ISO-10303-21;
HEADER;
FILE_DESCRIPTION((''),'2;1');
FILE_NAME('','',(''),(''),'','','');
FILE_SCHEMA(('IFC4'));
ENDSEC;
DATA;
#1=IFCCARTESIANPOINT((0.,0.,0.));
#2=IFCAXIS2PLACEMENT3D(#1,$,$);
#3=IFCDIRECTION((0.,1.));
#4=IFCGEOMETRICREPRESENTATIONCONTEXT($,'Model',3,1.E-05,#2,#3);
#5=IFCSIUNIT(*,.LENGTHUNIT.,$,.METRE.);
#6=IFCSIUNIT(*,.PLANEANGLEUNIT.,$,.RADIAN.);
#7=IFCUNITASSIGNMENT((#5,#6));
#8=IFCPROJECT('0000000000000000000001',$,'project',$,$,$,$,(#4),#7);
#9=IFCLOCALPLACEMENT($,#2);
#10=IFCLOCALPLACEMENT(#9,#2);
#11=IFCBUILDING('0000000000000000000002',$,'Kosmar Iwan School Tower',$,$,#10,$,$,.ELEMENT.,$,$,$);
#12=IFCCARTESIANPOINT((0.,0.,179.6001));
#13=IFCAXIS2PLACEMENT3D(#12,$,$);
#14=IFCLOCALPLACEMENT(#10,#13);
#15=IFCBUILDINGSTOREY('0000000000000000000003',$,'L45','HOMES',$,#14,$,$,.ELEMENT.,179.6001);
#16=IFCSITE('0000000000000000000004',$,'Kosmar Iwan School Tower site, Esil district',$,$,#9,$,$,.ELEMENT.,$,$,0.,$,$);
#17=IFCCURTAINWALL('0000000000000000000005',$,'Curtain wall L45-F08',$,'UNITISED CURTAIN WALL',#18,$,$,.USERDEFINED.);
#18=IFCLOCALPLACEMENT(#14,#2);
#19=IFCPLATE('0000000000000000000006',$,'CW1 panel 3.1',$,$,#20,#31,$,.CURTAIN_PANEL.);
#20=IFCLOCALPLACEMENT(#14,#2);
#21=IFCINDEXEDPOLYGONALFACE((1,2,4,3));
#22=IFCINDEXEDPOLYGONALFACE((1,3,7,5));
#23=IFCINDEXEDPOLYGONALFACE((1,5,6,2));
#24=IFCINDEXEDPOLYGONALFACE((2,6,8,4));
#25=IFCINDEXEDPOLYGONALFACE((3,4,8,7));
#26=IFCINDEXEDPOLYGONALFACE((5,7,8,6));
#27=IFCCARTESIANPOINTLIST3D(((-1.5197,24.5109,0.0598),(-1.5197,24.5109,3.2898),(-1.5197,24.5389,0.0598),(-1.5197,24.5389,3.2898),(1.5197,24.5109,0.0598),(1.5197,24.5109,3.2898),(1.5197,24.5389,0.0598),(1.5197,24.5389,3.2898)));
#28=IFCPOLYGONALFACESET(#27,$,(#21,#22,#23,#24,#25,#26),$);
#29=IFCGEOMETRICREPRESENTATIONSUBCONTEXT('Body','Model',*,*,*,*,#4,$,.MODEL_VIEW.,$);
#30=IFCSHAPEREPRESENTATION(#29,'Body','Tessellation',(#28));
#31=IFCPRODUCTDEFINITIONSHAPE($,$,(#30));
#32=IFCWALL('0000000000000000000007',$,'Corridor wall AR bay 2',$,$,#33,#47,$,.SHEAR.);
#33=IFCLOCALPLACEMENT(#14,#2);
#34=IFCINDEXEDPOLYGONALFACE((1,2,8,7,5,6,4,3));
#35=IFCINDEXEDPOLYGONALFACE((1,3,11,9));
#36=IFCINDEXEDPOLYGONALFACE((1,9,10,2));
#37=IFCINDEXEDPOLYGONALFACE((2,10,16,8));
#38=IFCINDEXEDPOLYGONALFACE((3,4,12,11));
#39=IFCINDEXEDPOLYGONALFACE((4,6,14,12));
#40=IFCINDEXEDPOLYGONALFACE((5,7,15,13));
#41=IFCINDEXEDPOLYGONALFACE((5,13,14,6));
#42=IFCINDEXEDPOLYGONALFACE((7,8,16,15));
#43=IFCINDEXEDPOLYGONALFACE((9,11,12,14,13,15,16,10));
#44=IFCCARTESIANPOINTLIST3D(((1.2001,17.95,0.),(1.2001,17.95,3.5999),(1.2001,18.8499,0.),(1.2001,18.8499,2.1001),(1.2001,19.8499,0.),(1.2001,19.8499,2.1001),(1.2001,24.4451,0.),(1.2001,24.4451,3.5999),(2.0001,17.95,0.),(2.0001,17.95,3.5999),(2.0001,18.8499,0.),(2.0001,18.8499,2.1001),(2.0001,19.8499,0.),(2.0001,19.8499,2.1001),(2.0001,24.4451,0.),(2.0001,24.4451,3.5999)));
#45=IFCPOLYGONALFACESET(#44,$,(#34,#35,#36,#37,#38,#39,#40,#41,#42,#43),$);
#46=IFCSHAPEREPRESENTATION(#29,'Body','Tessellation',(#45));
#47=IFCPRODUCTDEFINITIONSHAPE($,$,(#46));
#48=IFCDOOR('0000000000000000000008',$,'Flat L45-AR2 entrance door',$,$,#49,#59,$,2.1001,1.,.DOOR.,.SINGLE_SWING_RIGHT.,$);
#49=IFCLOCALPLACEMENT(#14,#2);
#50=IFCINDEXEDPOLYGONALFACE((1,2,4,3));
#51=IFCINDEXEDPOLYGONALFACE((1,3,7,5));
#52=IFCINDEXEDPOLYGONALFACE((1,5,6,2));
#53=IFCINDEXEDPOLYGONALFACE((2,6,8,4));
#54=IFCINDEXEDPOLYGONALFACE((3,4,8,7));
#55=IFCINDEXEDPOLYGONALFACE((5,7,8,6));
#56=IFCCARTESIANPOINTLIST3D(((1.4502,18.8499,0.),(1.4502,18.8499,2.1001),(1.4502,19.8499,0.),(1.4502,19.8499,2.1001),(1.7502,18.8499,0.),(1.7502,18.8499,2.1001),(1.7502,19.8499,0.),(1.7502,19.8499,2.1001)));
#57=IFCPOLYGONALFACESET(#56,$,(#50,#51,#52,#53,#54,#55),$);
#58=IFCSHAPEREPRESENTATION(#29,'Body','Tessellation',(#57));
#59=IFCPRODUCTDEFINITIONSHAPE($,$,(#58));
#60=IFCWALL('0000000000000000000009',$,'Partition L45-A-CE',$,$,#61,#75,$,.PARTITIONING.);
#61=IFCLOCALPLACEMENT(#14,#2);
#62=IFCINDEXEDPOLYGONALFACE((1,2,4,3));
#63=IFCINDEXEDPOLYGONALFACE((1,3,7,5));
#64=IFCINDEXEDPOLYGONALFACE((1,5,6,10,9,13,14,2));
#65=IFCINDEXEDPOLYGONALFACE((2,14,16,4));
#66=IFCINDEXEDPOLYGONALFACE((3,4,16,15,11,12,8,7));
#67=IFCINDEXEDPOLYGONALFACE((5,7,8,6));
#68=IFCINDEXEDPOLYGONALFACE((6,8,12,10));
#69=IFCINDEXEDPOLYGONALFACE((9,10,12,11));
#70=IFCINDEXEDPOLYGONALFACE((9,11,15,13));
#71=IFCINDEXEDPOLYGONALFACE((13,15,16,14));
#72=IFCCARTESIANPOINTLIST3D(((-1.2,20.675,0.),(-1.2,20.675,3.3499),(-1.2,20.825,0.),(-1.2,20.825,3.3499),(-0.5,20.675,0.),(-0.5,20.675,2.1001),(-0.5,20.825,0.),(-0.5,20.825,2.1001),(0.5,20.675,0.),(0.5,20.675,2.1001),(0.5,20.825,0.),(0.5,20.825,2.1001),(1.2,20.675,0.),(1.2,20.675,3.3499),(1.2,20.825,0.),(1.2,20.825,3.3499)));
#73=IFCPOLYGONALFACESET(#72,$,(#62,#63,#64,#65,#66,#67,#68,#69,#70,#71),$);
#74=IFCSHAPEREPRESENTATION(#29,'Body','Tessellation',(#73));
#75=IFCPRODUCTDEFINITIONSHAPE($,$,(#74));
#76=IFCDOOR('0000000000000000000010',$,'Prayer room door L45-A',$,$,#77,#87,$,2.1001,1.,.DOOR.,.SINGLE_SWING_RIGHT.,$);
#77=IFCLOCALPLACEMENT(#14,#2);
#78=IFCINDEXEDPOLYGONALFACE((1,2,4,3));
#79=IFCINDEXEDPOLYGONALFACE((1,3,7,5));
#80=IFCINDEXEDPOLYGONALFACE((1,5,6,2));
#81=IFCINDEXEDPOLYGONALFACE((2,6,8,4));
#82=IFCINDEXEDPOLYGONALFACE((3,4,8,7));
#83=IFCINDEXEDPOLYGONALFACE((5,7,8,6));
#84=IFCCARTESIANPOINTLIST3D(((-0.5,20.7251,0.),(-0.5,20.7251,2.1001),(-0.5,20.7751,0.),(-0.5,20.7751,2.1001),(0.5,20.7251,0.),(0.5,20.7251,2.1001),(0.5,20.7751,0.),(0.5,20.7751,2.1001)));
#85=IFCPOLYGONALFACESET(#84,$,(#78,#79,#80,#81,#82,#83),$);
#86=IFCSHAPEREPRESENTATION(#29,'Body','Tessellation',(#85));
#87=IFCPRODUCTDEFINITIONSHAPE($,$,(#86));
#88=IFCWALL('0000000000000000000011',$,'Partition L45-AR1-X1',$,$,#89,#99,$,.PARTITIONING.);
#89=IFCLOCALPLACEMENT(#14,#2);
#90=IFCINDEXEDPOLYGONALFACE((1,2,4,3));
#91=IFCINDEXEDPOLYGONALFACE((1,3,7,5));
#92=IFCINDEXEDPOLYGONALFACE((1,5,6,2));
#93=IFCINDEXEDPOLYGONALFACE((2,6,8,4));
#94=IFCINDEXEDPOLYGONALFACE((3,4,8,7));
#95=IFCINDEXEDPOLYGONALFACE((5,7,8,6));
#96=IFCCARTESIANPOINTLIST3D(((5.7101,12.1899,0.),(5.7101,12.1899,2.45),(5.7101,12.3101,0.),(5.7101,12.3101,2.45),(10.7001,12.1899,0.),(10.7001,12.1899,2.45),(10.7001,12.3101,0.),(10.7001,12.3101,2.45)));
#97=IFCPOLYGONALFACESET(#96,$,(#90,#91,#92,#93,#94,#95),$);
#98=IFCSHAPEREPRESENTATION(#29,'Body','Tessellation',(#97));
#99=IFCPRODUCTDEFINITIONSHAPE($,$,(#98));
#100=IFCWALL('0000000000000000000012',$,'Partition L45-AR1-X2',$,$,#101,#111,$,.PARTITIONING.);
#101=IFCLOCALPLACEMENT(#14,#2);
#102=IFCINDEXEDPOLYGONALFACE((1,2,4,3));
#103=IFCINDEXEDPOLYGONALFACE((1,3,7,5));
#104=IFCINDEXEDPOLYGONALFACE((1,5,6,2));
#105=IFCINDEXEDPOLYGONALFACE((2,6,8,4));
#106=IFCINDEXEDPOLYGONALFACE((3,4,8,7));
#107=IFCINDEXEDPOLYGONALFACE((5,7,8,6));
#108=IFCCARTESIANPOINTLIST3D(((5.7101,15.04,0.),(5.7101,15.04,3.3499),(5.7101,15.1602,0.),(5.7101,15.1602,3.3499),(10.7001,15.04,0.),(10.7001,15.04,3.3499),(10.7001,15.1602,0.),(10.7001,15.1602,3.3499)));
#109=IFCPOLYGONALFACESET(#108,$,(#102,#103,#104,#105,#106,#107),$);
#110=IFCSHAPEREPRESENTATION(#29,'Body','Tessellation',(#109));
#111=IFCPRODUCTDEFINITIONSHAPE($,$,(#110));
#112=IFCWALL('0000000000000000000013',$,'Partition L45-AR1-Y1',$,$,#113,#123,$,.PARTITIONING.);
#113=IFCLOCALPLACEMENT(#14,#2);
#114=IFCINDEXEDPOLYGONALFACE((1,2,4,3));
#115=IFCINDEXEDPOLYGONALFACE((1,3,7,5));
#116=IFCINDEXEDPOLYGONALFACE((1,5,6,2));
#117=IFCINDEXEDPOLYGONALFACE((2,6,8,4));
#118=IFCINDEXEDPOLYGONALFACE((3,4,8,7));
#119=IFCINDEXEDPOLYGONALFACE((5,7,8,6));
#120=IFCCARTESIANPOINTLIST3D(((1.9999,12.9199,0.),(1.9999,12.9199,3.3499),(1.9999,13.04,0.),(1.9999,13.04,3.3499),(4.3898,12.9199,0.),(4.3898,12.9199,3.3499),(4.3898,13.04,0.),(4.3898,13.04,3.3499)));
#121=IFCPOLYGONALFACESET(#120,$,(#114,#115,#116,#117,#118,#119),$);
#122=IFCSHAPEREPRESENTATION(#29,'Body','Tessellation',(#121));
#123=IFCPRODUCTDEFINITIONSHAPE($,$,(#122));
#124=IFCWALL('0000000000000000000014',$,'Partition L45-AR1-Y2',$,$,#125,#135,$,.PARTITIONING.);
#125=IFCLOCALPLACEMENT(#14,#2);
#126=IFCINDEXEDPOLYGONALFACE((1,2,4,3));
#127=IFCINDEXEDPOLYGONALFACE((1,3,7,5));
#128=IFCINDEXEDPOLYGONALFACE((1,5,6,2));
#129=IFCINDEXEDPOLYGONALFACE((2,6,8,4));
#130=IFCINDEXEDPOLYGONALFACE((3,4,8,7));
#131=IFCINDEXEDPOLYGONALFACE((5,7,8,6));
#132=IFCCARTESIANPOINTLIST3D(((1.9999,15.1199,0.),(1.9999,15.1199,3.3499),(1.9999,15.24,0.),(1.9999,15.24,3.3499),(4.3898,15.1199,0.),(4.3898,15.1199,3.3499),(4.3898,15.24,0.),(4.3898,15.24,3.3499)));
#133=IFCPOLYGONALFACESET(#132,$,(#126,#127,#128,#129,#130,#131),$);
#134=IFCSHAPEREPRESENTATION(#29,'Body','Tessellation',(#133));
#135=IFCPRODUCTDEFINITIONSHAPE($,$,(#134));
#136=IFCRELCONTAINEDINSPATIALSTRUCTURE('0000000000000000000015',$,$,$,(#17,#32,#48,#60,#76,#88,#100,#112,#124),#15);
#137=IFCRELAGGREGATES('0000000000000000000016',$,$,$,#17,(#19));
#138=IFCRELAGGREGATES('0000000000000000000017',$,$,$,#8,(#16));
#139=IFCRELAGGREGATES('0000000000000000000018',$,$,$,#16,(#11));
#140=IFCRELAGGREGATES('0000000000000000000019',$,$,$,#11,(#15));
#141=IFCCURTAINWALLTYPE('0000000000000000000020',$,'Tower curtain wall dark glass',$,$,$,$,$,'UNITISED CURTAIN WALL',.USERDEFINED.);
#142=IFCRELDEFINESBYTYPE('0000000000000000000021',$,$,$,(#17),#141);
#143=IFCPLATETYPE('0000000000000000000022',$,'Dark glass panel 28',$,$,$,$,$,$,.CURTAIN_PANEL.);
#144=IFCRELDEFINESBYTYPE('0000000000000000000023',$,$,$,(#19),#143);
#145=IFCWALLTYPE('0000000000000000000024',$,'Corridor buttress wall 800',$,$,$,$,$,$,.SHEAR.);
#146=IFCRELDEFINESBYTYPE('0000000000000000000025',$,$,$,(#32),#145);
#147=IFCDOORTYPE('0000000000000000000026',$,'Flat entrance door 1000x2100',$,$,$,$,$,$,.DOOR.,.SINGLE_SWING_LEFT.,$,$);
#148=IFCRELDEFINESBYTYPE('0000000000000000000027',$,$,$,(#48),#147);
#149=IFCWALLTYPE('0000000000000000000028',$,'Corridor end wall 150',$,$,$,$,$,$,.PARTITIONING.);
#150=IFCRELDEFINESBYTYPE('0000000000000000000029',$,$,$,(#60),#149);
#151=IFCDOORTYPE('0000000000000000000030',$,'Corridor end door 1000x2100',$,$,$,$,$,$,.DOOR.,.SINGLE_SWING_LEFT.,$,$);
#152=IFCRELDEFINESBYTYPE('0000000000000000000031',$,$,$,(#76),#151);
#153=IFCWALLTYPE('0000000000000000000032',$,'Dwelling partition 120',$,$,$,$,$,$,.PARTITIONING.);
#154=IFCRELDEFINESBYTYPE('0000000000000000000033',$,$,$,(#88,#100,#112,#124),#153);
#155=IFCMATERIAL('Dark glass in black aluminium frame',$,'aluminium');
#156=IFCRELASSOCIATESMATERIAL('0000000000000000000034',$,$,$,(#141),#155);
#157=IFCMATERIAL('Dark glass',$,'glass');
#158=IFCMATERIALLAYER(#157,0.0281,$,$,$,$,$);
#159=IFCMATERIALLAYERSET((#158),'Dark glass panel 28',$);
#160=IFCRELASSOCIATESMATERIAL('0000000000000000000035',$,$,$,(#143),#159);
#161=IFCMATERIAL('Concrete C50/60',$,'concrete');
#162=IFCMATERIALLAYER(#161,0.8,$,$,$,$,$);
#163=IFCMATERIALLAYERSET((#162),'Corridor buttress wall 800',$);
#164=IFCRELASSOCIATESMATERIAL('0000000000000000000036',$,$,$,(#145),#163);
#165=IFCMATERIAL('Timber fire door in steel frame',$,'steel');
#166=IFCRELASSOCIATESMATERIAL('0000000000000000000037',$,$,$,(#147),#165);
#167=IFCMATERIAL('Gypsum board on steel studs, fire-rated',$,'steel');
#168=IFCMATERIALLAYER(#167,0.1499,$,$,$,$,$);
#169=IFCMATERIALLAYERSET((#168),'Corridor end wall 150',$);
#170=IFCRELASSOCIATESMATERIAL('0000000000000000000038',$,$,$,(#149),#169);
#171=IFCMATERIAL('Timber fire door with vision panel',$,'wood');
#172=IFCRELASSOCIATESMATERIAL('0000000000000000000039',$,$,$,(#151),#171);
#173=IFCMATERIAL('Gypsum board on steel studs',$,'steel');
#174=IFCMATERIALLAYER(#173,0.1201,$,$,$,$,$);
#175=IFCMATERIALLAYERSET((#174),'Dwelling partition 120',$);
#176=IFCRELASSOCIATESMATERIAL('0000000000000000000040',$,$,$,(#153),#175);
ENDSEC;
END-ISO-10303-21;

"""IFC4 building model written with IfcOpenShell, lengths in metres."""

from ifc_helpers import new_model, si_unit, direction, frame, frame_2d, origin, origin_2d, place, context, subcontext, project, spatial, rectangle, extrude, material, layer, layer_set, type_object, element, fill, aggregate, save


model = new_model("IFC4")

# Units and contexts
model_context = context("Model", 3, precision=1e-05, world=origin(), true_north=direction((0.0, 1.0)))
body_context = subcontext(model_context, "Body", "Model", "MODEL_VIEW")
ifc_project = project(units=[si_unit("LENGTHUNIT", "METRE"), si_unit("PLANEANGLEUNIT", "RADIAN")], contexts=[model_context])

# Site, building, storey
site_placement = place(None, origin())
site = spatial("IfcSite", under=ifc_project, at=site_placement, Name="Kosmar Iwan School Tower site, Esil district", CompositionType="ELEMENT", RefElevation=0.0)
building_placement = place(site_placement, origin())
building = spatial("IfcBuilding", under=site, at=building_placement, Name="Kosmar Iwan School Tower", CompositionType="ELEMENT")
storey_placement = place(building_placement, frame((0.0, 0.0, 179.6001)))
storey = spatial("IfcBuildingStorey", under=building, at=storey_placement, Name="L45", Description="HOMES", CompositionType="ELEMENT", Elevation=179.6001)

# Curtain wall
ifc_material_1 = material(Name="Dark glass in black aluminium frame", Category="aluminium")
curtain_wall_type = type_object("IfcCurtainWallType", Name="Tower curtain wall dark glass", ElementType="UNITISED CURTAIN WALL", PredefinedType="USERDEFINED", material=ifc_material_1)
curtain_wall_placement = place(storey_placement, origin())
curtain_wall = element("IfcCurtainWall", 1, at=curtain_wall_placement, inside=storey, type_object=curtain_wall_type, Name="Curtain wall L45-F08", ObjectType="UNITISED CURTAIN WALL", PredefinedType="USERDEFINED")

# Plate
ifc_material_2 = material(Name="Dark glass", Category="glass")
ifc_layer_1 = layer(ifc_material_2, 0.0281)
ifc_layer_set_1 = layer_set([ifc_layer_1], Name="Dark glass panel 28")
plate_type = type_object("IfcPlateType", Name="Dark glass panel 28", PredefinedType="CURTAIN_PANEL", material=ifc_layer_set_1)
plate_1_placement = place(storey_placement, frame((0.0, 24.5249, 0.0598), z_axis=(0.0, 0.0, 1.0), x_axis=(-1.0, 0.0, 0.0)))
plate_1 = element("IfcPlate", 2, at=plate_1_placement, type_object=plate_type, Name="CW1 panel 3.1", PredefinedType="CURTAIN_PANEL", context=body_context, shape_type="SweptSolid", body=[
    extrude(rectangle(XDim=3.0393, YDim=0.0281, at=origin_2d()), origin(), (0.0, 0.0, 1.0), 3.23),
])
aggregate(curtain_wall, [plate_1])

# Walls, openings, doors
ifc_material_3 = material(Name="Concrete C50/60", Category="concrete")
ifc_layer_2 = layer(ifc_material_3, 0.8)
ifc_layer_set_2 = layer_set([ifc_layer_2], Name="Corridor buttress wall 800")
wall_type_1 = type_object("IfcWallType", Name="Corridor buttress wall 800", PredefinedType="SHEAR", material=ifc_layer_set_2)
wall_1_placement = place(storey_placement, frame((1.6001, 17.95, 0.0), z_axis=(0.0, 0.0, 1.0), x_axis=(0.0, 1.0, 0.0)))
wall_1 = element("IfcWall", 3, at=wall_1_placement, inside=storey, type_object=wall_type_1, Name="Corridor wall AR bay 2", PredefinedType="SHEAR", context=body_context, shape_type="SweptSolid", body=[
    extrude(rectangle(XDim=6.4951, YDim=0.8, at=frame_2d((3.2476, 0.0))), origin(), (0.0, 0.0, 1.0), 3.5999),
])
opening_1_placement = place(wall_1_placement, frame((0.8999, 0.0, 0.0)))
opening_1 = element("IfcOpeningElement", 4, at=opening_1_placement, cuts=wall_1, PredefinedType="OPENING", context=body_context, shape_type="SweptSolid", body=[
    extrude(rectangle(XDim=1.0, YDim=2.1001, at=frame_2d((0.5, 1.05))), frame((0.0, 0.4121, 0.0), z_axis=(0.0, -1.0, 0.0), x_axis=(1.0, 0.0, 0.0)), (0.0, 0.0, 1.0), 0.824),
])
ifc_material_4 = material(Name="Timber fire door in steel frame", Category="steel")
door_type_1 = type_object("IfcDoorType", Name="Flat entrance door 1000x2100", OperationType="SINGLE_SWING_LEFT", PredefinedType="DOOR", material=ifc_material_4)
door_1_placement = place(opening_1_placement, origin())
door_1 = element("IfcDoor", 5, at=door_1_placement, inside=storey, type_object=door_type_1, Name="Flat L45-AR2 entrance door", OperationType="SINGLE_SWING_RIGHT", OverallHeight=2.1001, OverallWidth=1.0, PredefinedType="DOOR", context=body_context, shape_type="SweptSolid", body=[
    extrude(rectangle(XDim=1.0, YDim=2.1001, at=frame_2d((0.5, 1.05))), frame((0.0, 0.1499, 0.0), z_axis=(0.0, -1.0, 0.0), x_axis=(1.0, 0.0, 0.0)), (0.0, 0.0, 1.0), 0.3),
])
fill(opening_1, door_1)
ifc_material_5 = material(Name="Gypsum board on steel studs, fire-rated", Category="steel")
ifc_layer_3 = layer(ifc_material_5, 0.1499)
ifc_layer_set_3 = layer_set([ifc_layer_3], Name="Corridor end wall 150")
wall_type_2 = type_object("IfcWallType", Name="Corridor end wall 150", PredefinedType="PARTITIONING", material=ifc_layer_set_3)
wall_2_placement = place(storey_placement, frame((1.2, 20.75, 0.0), z_axis=(0.0, 0.0, 1.0), x_axis=(-1.0, 0.0, 0.0)))
wall_2 = element("IfcWall", 6, at=wall_2_placement, inside=storey, type_object=wall_type_2, Name="Partition L45-A-CE", PredefinedType="PARTITIONING", context=body_context, shape_type="SweptSolid", body=[
    extrude(rectangle(XDim=2.3999, YDim=0.1499, at=frame_2d((1.2, 0.0))), origin(), (0.0, 0.0, 1.0), 3.3499),
])
opening_2_placement = place(wall_2_placement, frame((0.7, 0.0, 0.0)))
opening_2 = element("IfcOpeningElement", 7, at=opening_2_placement, cuts=wall_2, PredefinedType="OPENING", context=body_context, shape_type="SweptSolid", body=[
    extrude(rectangle(XDim=1.0, YDim=2.1001, at=frame_2d((0.5, 1.05))), frame((0.0, 0.0869, 0.0), z_axis=(0.0, -1.0, 0.0), x_axis=(1.0, 0.0, 0.0)), (0.0, 0.0, 1.0), 0.1738),
])
ifc_material_6 = material(Name="Timber fire door with vision panel", Category="wood")
door_type_2 = type_object("IfcDoorType", Name="Corridor end door 1000x2100", OperationType="SINGLE_SWING_LEFT", PredefinedType="DOOR", material=ifc_material_6)
door_2_placement = place(opening_2_placement, origin())
door_2 = element("IfcDoor", 8, at=door_2_placement, inside=storey, type_object=door_type_2, Name="Prayer room door L45-A", OperationType="SINGLE_SWING_RIGHT", OverallHeight=2.1001, OverallWidth=1.0, PredefinedType="DOOR", context=body_context, shape_type="SweptSolid", body=[
    extrude(rectangle(XDim=1.0, YDim=2.1001, at=frame_2d((0.5, 1.05))), frame((0.0, 0.0249, 0.0), z_axis=(0.0, -1.0, 0.0), x_axis=(1.0, 0.0, 0.0)), (0.0, 0.0, 1.0), 0.05),
])
fill(opening_2, door_2)

# Walls
ifc_material_7 = material(Name="Gypsum board on steel studs", Category="steel")
ifc_layer_4 = layer(ifc_material_7, 0.1201)
ifc_layer_set_4 = layer_set([ifc_layer_4], Name="Dwelling partition 120")
wall_type_3 = type_object("IfcWallType", Name="Dwelling partition 120", PredefinedType="PARTITIONING", material=ifc_layer_set_4)
wall_3_placement = place(storey_placement, frame((5.71, 12.25, 0.0), z_axis=(0.0, 0.0, 1.0), x_axis=(1.0, 0.0, 0.0)))
element("IfcWall", 9, at=wall_3_placement, inside=storey, type_object=wall_type_3, Name="Partition L45-AR1-X1", PredefinedType="PARTITIONING", context=body_context, shape_type="SweptSolid", body=[
    extrude(rectangle(XDim=4.99, YDim=0.1201, at=frame_2d((2.4951, 0.0))), origin(), (0.0, 0.0, 1.0), 2.45),
])
wall_4_placement = place(storey_placement, frame((5.71, 15.1001, 0.0), z_axis=(0.0, 0.0, 1.0), x_axis=(1.0, 0.0, 0.0)))
element("IfcWall", 10, at=wall_4_placement, inside=storey, type_object=wall_type_3, Name="Partition L45-AR1-X2", PredefinedType="PARTITIONING", context=body_context, shape_type="SweptSolid", body=[
    extrude(rectangle(XDim=4.99, YDim=0.1201, at=frame_2d((2.4951, 0.0))), origin(), (0.0, 0.0, 1.0), 3.3499),
])
for number, where, z_axis, x_axis, name in (
    (11, (2.0, 12.98, 0.0), (0.0, 0.0, 1.0), (1.0, 0.0, 0.0), "Partition L45-AR1-Y1"),
    (12, (2.0, 15.1799, 0.0), (0.0, 0.0, 1.0), (1.0, 0.0, 0.0), "Partition L45-AR1-Y2"),
):
    element("IfcWall", number, at=place(storey_placement, frame(where, z_axis=z_axis, x_axis=x_axis)), inside=storey, type_object=wall_type_3, Name=name, PredefinedType="PARTITIONING", context=body_context, shape_type="SweptSolid", body=[
        extrude(rectangle(XDim=2.3899, YDim=0.1201, at=frame_2d((1.1948, 0.0))), origin(), (0.0, 0.0, 1.0), 3.3499),
    ])

save(model, "model.ifc")
